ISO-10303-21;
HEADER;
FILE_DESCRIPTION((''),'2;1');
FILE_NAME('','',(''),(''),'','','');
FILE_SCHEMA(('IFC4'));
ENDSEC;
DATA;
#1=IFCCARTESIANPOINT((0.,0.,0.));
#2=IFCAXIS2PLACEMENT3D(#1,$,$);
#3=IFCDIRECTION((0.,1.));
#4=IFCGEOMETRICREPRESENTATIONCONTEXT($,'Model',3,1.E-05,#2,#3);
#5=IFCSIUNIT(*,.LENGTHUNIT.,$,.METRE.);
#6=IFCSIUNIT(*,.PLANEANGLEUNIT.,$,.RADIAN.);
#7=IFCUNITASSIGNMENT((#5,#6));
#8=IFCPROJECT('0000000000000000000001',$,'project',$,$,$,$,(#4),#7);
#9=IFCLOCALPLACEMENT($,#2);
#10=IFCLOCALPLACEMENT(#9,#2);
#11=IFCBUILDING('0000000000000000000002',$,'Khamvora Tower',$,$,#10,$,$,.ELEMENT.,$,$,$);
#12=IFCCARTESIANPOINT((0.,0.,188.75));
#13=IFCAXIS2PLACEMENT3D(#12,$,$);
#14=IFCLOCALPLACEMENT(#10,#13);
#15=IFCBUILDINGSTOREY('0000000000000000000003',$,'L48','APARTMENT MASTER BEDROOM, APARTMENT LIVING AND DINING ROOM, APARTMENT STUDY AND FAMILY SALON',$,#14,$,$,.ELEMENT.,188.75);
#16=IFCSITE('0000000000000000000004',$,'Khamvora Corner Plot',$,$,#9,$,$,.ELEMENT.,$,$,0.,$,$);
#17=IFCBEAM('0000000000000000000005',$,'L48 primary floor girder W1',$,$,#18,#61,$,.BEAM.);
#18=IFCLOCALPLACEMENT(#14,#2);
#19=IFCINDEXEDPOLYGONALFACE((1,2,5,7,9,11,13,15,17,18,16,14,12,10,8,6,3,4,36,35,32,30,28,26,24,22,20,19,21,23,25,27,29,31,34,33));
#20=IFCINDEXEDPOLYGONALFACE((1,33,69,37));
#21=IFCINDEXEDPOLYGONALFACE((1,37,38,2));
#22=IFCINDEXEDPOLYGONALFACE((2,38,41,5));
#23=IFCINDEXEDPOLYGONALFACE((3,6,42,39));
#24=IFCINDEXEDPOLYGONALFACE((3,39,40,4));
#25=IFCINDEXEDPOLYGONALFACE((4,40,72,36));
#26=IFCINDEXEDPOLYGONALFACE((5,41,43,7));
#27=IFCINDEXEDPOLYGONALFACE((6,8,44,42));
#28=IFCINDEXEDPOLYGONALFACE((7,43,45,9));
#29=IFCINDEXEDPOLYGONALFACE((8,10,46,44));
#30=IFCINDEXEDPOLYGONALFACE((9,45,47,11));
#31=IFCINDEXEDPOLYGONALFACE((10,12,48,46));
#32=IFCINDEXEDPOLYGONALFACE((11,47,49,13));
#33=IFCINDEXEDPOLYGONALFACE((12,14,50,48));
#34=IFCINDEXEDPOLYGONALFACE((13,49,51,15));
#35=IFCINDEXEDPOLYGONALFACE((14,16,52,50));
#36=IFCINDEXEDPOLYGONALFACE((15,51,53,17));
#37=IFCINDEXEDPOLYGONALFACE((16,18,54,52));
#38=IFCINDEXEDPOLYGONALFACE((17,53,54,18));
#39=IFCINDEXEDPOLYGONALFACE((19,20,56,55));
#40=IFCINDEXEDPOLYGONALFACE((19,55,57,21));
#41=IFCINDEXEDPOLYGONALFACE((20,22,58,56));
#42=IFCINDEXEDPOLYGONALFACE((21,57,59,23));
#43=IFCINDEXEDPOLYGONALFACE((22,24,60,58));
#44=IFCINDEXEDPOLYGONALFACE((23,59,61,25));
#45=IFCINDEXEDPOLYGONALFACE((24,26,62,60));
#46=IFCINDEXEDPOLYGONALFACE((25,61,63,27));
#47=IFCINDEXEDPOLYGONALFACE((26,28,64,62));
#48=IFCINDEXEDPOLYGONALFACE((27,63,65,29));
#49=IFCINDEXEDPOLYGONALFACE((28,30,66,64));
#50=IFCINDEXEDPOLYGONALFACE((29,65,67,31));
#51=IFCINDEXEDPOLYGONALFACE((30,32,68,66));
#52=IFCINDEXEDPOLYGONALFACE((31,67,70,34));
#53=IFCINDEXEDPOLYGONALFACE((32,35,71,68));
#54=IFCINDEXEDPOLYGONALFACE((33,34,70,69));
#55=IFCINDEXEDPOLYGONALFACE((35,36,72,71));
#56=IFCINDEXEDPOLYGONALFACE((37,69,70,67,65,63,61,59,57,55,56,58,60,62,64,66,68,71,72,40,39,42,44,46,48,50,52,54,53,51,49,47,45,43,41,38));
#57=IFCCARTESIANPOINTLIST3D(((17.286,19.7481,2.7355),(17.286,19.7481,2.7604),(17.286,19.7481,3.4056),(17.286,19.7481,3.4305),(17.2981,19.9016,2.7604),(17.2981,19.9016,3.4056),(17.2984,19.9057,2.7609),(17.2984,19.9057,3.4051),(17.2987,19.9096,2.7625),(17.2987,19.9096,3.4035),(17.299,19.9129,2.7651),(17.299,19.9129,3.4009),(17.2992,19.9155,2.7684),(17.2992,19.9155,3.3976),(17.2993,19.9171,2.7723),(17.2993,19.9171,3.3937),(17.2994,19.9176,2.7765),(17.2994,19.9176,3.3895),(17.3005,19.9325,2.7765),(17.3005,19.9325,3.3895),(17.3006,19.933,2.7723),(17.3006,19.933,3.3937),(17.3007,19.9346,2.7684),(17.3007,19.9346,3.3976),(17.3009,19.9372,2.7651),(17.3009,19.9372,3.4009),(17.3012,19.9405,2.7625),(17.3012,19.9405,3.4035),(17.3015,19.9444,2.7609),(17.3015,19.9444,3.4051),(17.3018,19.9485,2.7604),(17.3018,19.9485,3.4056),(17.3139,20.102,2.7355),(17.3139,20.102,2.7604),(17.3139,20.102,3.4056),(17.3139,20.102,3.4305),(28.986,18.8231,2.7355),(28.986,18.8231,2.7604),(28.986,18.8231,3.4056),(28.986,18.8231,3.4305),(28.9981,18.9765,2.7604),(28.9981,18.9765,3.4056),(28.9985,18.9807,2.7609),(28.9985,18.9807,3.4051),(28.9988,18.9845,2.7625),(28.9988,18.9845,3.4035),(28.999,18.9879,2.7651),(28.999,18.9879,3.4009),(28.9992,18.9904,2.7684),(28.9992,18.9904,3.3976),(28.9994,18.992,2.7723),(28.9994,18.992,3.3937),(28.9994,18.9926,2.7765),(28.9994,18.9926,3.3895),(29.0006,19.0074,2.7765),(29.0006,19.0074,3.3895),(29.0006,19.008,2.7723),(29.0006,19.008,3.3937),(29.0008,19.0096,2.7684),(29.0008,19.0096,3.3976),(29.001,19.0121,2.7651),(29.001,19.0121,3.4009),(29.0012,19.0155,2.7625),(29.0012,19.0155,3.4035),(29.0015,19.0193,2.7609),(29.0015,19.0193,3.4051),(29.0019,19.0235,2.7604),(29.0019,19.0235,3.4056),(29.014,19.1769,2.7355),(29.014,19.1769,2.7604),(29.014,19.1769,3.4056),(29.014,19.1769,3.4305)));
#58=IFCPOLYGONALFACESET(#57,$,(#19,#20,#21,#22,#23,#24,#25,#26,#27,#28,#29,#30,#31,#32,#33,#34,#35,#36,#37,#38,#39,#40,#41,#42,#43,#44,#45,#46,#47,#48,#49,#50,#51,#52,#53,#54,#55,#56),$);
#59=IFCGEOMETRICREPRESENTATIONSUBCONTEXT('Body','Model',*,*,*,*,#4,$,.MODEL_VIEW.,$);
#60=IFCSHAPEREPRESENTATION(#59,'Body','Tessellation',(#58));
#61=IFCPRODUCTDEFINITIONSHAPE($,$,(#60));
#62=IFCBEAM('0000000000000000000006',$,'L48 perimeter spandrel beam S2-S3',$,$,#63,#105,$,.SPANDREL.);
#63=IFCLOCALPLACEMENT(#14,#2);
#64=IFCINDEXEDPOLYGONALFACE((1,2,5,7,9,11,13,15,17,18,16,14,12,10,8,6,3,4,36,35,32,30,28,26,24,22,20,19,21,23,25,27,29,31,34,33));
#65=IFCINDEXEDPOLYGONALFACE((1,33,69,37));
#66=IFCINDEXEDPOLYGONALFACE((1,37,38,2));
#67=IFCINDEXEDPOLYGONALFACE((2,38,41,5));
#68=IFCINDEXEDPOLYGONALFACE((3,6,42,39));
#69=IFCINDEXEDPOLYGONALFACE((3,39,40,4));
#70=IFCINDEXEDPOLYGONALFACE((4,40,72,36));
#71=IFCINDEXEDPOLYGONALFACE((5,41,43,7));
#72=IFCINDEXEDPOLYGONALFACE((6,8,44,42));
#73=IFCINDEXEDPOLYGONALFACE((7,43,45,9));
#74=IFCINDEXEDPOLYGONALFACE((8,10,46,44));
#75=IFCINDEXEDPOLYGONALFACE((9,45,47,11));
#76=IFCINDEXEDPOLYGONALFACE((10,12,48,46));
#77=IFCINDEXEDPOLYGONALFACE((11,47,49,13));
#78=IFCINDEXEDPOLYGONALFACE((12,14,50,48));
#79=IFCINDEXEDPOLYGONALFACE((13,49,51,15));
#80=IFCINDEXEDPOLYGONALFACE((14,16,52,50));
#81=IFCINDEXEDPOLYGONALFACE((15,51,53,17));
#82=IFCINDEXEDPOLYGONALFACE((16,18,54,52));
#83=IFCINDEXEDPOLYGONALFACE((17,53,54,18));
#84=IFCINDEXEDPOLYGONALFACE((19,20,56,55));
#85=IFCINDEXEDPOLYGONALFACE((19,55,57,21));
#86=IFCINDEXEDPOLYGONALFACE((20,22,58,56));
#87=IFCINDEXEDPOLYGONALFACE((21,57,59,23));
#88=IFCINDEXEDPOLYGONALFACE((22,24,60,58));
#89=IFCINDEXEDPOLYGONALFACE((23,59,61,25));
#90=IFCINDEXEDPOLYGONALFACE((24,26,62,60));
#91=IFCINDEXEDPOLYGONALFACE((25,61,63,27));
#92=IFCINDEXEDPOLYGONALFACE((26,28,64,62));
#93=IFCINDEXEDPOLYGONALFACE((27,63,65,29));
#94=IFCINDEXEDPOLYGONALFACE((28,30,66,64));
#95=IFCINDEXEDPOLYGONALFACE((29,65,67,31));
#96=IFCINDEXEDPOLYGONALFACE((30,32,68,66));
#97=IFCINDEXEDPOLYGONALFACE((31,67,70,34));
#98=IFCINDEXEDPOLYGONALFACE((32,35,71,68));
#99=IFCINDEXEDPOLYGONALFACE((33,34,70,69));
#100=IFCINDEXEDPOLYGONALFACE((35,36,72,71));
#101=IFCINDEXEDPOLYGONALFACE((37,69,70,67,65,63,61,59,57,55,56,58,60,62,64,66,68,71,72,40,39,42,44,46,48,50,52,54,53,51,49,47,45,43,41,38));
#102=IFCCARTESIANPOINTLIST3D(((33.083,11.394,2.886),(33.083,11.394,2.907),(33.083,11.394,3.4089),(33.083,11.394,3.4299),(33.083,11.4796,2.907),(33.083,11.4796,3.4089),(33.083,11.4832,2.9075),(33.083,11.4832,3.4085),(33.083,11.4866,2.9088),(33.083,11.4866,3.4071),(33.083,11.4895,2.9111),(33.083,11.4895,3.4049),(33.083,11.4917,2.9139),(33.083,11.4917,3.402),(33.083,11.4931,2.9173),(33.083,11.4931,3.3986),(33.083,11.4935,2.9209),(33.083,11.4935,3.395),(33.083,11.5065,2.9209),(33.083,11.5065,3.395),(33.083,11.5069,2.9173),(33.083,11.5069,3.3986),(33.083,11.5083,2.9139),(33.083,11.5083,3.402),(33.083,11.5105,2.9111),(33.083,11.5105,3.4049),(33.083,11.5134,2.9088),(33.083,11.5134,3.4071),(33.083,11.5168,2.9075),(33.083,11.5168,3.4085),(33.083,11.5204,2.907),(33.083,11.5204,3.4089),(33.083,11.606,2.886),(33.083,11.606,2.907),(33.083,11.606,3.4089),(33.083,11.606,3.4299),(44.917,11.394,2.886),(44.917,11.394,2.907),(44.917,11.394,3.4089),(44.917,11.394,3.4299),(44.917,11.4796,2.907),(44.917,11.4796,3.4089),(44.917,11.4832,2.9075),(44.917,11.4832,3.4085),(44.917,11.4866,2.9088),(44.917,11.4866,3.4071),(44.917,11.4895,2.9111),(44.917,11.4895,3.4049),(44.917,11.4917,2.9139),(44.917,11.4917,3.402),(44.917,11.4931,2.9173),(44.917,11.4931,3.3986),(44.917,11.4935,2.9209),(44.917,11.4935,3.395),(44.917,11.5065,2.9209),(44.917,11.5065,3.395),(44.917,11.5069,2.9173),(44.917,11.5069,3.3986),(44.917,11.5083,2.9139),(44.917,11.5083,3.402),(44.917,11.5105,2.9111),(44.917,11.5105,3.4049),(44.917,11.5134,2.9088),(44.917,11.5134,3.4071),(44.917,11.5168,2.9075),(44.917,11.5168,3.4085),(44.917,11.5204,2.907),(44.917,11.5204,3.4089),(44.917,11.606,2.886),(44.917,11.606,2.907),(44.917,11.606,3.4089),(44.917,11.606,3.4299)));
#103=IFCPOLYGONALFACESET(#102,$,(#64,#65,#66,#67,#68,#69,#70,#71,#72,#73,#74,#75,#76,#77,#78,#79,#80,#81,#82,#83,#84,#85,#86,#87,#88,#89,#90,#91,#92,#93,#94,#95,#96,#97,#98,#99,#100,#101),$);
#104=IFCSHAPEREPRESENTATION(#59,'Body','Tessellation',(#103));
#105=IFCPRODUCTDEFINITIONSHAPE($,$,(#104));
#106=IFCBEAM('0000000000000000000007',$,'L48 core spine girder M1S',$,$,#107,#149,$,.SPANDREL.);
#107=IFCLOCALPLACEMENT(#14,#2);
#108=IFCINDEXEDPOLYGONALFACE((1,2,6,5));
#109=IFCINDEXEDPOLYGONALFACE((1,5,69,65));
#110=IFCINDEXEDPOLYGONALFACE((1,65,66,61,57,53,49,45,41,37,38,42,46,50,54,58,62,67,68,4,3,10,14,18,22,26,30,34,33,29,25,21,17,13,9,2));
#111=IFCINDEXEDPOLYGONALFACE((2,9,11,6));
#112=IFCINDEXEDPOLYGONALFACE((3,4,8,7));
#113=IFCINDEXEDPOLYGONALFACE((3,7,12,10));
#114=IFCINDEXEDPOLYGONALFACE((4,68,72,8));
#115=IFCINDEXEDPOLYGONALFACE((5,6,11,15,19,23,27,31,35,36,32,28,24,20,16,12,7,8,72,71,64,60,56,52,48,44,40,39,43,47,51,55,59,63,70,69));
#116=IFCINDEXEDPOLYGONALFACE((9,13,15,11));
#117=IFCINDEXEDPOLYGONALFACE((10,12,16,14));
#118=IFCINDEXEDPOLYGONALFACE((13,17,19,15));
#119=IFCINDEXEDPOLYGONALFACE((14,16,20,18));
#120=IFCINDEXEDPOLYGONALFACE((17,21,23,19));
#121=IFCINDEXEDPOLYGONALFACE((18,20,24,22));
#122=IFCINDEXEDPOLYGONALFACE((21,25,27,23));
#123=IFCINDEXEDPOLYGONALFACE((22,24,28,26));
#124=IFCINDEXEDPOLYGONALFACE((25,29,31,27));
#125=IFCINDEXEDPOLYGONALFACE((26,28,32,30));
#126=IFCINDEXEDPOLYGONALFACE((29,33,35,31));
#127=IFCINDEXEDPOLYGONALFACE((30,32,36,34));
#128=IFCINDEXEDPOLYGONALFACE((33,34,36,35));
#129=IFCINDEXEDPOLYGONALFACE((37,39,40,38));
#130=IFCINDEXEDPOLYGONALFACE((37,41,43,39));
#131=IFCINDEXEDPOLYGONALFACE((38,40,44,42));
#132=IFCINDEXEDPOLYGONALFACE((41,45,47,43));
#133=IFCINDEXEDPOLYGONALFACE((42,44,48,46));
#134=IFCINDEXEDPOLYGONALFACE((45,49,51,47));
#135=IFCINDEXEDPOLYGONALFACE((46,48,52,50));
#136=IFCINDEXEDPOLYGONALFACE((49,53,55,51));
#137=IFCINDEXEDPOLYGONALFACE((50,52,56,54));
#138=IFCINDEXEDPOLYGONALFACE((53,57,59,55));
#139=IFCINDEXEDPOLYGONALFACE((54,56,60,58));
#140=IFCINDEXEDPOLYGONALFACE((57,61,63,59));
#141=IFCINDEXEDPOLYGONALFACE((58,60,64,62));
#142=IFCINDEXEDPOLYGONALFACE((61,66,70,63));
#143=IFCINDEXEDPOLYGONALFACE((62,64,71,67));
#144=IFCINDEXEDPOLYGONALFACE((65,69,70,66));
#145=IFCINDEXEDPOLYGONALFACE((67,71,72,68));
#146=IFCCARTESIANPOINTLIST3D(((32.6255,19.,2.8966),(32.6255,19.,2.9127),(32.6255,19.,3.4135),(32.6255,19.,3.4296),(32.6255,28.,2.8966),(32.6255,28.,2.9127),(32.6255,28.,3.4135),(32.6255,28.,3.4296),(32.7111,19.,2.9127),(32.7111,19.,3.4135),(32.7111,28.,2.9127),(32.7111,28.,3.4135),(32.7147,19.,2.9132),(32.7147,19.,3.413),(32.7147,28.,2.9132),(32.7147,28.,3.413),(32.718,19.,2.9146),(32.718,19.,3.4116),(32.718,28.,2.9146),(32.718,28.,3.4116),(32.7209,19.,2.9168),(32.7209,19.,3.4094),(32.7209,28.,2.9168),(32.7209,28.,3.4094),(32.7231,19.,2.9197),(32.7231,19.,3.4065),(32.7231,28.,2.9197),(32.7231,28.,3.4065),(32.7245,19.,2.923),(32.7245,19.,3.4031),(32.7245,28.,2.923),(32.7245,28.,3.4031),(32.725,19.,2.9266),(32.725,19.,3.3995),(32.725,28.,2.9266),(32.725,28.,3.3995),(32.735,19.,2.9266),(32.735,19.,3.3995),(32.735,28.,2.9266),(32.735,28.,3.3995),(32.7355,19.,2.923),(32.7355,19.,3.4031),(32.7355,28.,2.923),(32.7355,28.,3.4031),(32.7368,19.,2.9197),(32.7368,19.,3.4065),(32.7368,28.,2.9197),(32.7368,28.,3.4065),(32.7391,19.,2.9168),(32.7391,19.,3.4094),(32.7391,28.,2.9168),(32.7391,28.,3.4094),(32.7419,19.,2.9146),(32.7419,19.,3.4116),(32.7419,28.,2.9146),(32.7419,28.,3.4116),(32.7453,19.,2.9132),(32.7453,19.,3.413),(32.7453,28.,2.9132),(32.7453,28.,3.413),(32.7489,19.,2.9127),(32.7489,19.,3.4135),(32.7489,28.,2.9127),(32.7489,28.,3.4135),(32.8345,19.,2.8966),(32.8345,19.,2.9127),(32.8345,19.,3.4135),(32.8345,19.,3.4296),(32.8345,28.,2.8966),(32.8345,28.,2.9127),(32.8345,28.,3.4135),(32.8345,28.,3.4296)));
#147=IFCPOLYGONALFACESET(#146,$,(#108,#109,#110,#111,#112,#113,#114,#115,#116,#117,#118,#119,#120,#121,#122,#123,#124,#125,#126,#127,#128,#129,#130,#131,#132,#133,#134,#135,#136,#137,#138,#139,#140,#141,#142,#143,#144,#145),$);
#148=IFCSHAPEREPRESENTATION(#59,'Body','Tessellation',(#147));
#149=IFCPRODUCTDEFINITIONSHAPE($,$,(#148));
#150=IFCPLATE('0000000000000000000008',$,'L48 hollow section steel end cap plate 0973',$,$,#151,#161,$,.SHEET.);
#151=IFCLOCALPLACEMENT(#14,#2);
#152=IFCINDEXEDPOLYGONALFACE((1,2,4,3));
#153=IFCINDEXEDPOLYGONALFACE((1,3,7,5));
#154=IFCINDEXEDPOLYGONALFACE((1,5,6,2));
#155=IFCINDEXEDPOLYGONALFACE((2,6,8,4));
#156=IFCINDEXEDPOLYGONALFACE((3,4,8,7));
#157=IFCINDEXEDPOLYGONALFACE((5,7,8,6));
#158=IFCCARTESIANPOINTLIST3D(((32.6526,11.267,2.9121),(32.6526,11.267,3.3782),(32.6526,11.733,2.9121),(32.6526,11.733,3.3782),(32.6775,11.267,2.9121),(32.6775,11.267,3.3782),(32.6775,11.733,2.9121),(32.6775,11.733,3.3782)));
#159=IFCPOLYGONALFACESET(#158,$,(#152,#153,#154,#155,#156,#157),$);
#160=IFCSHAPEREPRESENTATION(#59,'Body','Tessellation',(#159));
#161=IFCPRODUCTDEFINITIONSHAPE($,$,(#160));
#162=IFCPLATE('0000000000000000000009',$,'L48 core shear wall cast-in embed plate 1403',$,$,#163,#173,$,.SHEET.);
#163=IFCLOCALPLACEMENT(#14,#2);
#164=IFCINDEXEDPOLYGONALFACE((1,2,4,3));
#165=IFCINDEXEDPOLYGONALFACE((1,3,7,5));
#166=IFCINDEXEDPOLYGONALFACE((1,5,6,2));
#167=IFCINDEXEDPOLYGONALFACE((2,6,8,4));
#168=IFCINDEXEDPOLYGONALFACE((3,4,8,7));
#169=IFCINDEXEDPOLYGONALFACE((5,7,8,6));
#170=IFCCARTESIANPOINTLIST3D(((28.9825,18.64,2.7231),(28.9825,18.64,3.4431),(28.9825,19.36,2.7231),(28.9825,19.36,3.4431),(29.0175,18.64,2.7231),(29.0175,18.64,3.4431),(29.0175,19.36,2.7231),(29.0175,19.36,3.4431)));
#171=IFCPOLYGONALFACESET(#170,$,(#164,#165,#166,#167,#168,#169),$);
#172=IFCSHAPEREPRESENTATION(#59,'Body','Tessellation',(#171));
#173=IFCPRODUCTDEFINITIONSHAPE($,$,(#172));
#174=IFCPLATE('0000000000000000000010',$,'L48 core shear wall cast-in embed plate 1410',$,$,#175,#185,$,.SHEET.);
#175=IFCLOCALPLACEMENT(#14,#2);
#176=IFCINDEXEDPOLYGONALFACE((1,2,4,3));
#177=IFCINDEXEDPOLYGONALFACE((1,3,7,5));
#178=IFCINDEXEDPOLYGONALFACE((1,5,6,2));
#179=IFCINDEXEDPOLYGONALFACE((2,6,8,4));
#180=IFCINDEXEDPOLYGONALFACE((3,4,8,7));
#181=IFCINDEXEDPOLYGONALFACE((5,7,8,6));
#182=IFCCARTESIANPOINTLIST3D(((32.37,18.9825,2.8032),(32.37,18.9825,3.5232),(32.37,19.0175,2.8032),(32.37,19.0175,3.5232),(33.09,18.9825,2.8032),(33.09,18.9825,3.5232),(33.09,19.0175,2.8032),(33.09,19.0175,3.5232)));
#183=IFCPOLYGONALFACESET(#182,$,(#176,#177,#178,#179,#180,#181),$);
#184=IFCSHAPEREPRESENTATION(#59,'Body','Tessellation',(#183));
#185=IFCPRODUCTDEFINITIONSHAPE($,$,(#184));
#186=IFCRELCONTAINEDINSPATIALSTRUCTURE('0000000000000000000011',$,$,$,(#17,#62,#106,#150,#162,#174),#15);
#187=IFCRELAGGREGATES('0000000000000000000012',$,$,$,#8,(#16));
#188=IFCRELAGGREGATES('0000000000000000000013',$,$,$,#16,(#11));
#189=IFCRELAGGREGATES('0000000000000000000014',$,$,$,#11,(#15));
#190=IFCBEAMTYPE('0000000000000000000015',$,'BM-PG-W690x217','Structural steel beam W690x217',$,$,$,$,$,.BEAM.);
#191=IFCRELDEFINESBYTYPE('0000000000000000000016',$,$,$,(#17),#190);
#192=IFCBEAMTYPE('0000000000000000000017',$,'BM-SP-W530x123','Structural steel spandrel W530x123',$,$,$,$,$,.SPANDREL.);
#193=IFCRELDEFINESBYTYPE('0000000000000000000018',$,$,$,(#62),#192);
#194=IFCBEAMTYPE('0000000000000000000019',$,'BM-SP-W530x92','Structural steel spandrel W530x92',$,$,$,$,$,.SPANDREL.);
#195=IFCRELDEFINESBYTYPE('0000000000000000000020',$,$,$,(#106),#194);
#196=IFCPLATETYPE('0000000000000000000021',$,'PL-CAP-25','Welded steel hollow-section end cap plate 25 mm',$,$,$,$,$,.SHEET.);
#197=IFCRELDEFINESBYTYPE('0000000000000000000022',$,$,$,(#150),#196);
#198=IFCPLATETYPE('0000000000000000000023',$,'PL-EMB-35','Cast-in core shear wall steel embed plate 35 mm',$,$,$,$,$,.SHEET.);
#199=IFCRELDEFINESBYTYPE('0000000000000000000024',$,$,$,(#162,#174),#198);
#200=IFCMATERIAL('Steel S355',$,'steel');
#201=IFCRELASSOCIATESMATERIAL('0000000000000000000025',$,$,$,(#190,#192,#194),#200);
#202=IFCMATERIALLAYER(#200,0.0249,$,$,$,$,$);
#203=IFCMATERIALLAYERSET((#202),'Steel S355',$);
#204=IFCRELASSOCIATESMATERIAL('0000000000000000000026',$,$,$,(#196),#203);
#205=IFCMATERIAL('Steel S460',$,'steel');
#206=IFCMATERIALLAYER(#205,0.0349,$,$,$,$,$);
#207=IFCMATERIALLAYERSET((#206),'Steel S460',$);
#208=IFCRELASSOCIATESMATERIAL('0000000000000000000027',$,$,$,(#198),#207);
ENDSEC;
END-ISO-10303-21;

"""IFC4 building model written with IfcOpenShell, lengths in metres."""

from ifc_helpers import new_model, si_unit, direction, frame, origin, origin_2d, place, context, subcontext, project, spatial, rectangle, i_section, extrude, material, layer, layer_set, material_profile, profile_set, type_object, element, save


model = new_model("IFC4")

# Units and contexts
model_context = context("Model", 3, precision=1e-05, world=origin(), true_north=direction((0.0, 1.0)))
body_context = subcontext(model_context, "Body", "Model", "MODEL_VIEW")
ifc_project = project(units=[si_unit("LENGTHUNIT", "METRE"), si_unit("PLANEANGLEUNIT", "RADIAN")], contexts=[model_context])

# Site, building, storey
site_placement = place(None, origin())
site = spatial("IfcSite", under=ifc_project, at=site_placement, Name="Khamvora Corner Plot", CompositionType="ELEMENT", RefElevation=0.0)
building_placement = place(site_placement, origin())
building = spatial("IfcBuilding", under=site, at=building_placement, Name="Khamvora Tower", CompositionType="ELEMENT")
storey_placement = place(building_placement, frame((0.0, 0.0, 188.75)))
storey = spatial("IfcBuildingStorey", under=building, at=storey_placement, Name="L48", Description="APARTMENT MASTER BEDROOM, APARTMENT LIVING AND DINING ROOM, APARTMENT STUDY AND FAMILY SALON", CompositionType="ELEMENT", Elevation=188.75)

# Shared definitions
ifc_material_1 = material(Name="Steel S460", Category="steel")
ifc_material_2 = material(Name="Steel S355", Category="steel")

# Beams
ifc_material_profile_1 = material_profile(ifc_material_2, i_section(OverallWidth=0.355, OverallDepth=0.6951, WebThickness=0.0149, FlangeThickness=0.0249, FilletRadius=0.0161, at=origin_2d()), Name="W690x217")
ifc_profile_set_1 = profile_set([ifc_material_profile_1], Name="Steel S355")
beam_type_1 = type_object("IfcBeamType", Name="BM-PG-W690x217", Description="Structural steel beam W690x217", PredefinedType="BEAM", material=ifc_profile_set_1)
beam_1_placement = place(storey_placement, frame((29.0, 19.0, 3.083), z_axis=(-0.996889, 0.078818, 0.0), x_axis=(-0.078818, -0.996889, 0.0)))
element("IfcBeam", 1, at=beam_1_placement, inside=storey, type_object=beam_type_1, Name="L48 primary floor girder W1", PredefinedType="BEAM", context=body_context, shape_type="SweptSolid", body=[
    extrude(i_section(OverallWidth=0.355, OverallDepth=0.6951, WebThickness=0.0149, FlangeThickness=0.0249, FilletRadius=0.0161, at=origin_2d()), origin(), (0.0, 0.0, 1.0), 11.7366),
])
ifc_material_profile_2 = material_profile(ifc_material_2, i_section(OverallWidth=0.2119, OverallDepth=0.5439, WebThickness=0.0129, FlangeThickness=0.021, FilletRadius=0.0139, at=origin_2d()), Name="W530x123")
ifc_profile_set_2 = profile_set([ifc_material_profile_2], Name="Steel S355")
beam_type_2 = type_object("IfcBeamType", Name="BM-SP-W530x123", Description="Structural steel spandrel W530x123", PredefinedType="SPANDREL", material=ifc_profile_set_2)
beam_2_placement = place(storey_placement, frame((33.083, 11.5, 3.158), z_axis=(1.0, 0.0, 0.0), x_axis=(0.0, 1.0, 0.0)))
element("IfcBeam", 2, at=beam_2_placement, inside=storey, type_object=beam_type_2, Name="L48 perimeter spandrel beam S2-S3", PredefinedType="SPANDREL", context=body_context, shape_type="SweptSolid", body=[
    extrude(i_section(OverallWidth=0.2119, OverallDepth=0.5439, WebThickness=0.0129, FlangeThickness=0.021, FilletRadius=0.0139, at=origin_2d()), origin(), (0.0, 0.0, 1.0), 11.834),
])
ifc_material_profile_3 = material_profile(ifc_material_2, i_section(OverallWidth=0.209, OverallDepth=0.533, WebThickness=0.01, FlangeThickness=0.0161, FilletRadius=0.0139, at=origin_2d()), Name="W530x92")
ifc_profile_set_3 = profile_set([ifc_material_profile_3], Name="Steel S355")
beam_type_3 = type_object("IfcBeamType", Name="BM-SP-W530x92", Description="Structural steel spandrel W530x92", PredefinedType="SPANDREL", material=ifc_profile_set_3)
beam_3_placement = place(storey_placement, frame((32.73, 19.0, 3.1631), z_axis=(0.0, 1.0, 0.0), x_axis=(-1.0, 0.0, 0.0)))
element("IfcBeam", 3, at=beam_3_placement, inside=storey, type_object=beam_type_3, Name="L48 core spine girder M1S", PredefinedType="SPANDREL", context=body_context, shape_type="SweptSolid", body=[
    extrude(i_section(OverallWidth=0.209, OverallDepth=0.533, WebThickness=0.01, FlangeThickness=0.0161, FilletRadius=0.0139, at=origin_2d()), origin(), (0.0, 0.0, 1.0), 9.0),
])

# Plates
ifc_layer_1 = layer(ifc_material_2, 0.0249)
ifc_layer_set_1 = layer_set([ifc_layer_1], Name="Steel S355")
plate_type_1 = type_object("IfcPlateType", Name="PL-CAP-25", Description="Welded steel hollow-section end cap plate 25 mm", PredefinedType="SHEET", material=ifc_layer_set_1)
plate_1_placement = place(storey_placement, frame((32.665, 11.5, 2.9121), z_axis=(0.0, 0.0, 1.0), x_axis=(1.0, 0.0, 0.0)))
element("IfcPlate", 4, at=plate_1_placement, inside=storey, type_object=plate_type_1, Name="L48 hollow section steel end cap plate 0973", PredefinedType="SHEET", context=body_context, shape_type="SweptSolid", body=[
    extrude(rectangle(XDim=0.0249, YDim=0.4661, at=origin_2d()), origin(), (0.0, 0.0, 1.0), 0.4661),
])
ifc_layer_2 = layer(ifc_material_1, 0.0349)
ifc_layer_set_2 = layer_set([ifc_layer_2], Name="Steel S460")
plate_type_2 = type_object("IfcPlateType", Name="PL-EMB-35", Description="Cast-in core shear wall steel embed plate 35 mm", PredefinedType="SHEET", material=ifc_layer_set_2)
plate_2_placement = place(storey_placement, frame((29.0, 19.0, 2.7231), z_axis=(0.0, 0.0, 1.0), x_axis=(1.0, 0.0, 0.0)))
element("IfcPlate", 5, at=plate_2_placement, inside=storey, type_object=plate_type_2, Name="L48 core shear wall cast-in embed plate 1403", PredefinedType="SHEET", context=body_context, shape_type="SweptSolid", body=[
    extrude(rectangle(XDim=0.0349, YDim=0.72, at=origin_2d()), origin(), (0.0, 0.0, 1.0), 0.72),
])
plate_3_placement = place(storey_placement, frame((32.73, 19.0, 2.8032), z_axis=(0.0, 0.0, 1.0), x_axis=(1.0, 0.0, 0.0)))
element("IfcPlate", 6, at=plate_3_placement, inside=storey, type_object=plate_type_2, Name="L48 core shear wall cast-in embed plate 1410", PredefinedType="SHEET", context=body_context, shape_type="SweptSolid", body=[
    extrude(rectangle(XDim=0.72, YDim=0.0349, at=origin_2d()), origin(), (0.0, 0.0, 1.0), 0.72),
])

save(model, "model.ifc")
